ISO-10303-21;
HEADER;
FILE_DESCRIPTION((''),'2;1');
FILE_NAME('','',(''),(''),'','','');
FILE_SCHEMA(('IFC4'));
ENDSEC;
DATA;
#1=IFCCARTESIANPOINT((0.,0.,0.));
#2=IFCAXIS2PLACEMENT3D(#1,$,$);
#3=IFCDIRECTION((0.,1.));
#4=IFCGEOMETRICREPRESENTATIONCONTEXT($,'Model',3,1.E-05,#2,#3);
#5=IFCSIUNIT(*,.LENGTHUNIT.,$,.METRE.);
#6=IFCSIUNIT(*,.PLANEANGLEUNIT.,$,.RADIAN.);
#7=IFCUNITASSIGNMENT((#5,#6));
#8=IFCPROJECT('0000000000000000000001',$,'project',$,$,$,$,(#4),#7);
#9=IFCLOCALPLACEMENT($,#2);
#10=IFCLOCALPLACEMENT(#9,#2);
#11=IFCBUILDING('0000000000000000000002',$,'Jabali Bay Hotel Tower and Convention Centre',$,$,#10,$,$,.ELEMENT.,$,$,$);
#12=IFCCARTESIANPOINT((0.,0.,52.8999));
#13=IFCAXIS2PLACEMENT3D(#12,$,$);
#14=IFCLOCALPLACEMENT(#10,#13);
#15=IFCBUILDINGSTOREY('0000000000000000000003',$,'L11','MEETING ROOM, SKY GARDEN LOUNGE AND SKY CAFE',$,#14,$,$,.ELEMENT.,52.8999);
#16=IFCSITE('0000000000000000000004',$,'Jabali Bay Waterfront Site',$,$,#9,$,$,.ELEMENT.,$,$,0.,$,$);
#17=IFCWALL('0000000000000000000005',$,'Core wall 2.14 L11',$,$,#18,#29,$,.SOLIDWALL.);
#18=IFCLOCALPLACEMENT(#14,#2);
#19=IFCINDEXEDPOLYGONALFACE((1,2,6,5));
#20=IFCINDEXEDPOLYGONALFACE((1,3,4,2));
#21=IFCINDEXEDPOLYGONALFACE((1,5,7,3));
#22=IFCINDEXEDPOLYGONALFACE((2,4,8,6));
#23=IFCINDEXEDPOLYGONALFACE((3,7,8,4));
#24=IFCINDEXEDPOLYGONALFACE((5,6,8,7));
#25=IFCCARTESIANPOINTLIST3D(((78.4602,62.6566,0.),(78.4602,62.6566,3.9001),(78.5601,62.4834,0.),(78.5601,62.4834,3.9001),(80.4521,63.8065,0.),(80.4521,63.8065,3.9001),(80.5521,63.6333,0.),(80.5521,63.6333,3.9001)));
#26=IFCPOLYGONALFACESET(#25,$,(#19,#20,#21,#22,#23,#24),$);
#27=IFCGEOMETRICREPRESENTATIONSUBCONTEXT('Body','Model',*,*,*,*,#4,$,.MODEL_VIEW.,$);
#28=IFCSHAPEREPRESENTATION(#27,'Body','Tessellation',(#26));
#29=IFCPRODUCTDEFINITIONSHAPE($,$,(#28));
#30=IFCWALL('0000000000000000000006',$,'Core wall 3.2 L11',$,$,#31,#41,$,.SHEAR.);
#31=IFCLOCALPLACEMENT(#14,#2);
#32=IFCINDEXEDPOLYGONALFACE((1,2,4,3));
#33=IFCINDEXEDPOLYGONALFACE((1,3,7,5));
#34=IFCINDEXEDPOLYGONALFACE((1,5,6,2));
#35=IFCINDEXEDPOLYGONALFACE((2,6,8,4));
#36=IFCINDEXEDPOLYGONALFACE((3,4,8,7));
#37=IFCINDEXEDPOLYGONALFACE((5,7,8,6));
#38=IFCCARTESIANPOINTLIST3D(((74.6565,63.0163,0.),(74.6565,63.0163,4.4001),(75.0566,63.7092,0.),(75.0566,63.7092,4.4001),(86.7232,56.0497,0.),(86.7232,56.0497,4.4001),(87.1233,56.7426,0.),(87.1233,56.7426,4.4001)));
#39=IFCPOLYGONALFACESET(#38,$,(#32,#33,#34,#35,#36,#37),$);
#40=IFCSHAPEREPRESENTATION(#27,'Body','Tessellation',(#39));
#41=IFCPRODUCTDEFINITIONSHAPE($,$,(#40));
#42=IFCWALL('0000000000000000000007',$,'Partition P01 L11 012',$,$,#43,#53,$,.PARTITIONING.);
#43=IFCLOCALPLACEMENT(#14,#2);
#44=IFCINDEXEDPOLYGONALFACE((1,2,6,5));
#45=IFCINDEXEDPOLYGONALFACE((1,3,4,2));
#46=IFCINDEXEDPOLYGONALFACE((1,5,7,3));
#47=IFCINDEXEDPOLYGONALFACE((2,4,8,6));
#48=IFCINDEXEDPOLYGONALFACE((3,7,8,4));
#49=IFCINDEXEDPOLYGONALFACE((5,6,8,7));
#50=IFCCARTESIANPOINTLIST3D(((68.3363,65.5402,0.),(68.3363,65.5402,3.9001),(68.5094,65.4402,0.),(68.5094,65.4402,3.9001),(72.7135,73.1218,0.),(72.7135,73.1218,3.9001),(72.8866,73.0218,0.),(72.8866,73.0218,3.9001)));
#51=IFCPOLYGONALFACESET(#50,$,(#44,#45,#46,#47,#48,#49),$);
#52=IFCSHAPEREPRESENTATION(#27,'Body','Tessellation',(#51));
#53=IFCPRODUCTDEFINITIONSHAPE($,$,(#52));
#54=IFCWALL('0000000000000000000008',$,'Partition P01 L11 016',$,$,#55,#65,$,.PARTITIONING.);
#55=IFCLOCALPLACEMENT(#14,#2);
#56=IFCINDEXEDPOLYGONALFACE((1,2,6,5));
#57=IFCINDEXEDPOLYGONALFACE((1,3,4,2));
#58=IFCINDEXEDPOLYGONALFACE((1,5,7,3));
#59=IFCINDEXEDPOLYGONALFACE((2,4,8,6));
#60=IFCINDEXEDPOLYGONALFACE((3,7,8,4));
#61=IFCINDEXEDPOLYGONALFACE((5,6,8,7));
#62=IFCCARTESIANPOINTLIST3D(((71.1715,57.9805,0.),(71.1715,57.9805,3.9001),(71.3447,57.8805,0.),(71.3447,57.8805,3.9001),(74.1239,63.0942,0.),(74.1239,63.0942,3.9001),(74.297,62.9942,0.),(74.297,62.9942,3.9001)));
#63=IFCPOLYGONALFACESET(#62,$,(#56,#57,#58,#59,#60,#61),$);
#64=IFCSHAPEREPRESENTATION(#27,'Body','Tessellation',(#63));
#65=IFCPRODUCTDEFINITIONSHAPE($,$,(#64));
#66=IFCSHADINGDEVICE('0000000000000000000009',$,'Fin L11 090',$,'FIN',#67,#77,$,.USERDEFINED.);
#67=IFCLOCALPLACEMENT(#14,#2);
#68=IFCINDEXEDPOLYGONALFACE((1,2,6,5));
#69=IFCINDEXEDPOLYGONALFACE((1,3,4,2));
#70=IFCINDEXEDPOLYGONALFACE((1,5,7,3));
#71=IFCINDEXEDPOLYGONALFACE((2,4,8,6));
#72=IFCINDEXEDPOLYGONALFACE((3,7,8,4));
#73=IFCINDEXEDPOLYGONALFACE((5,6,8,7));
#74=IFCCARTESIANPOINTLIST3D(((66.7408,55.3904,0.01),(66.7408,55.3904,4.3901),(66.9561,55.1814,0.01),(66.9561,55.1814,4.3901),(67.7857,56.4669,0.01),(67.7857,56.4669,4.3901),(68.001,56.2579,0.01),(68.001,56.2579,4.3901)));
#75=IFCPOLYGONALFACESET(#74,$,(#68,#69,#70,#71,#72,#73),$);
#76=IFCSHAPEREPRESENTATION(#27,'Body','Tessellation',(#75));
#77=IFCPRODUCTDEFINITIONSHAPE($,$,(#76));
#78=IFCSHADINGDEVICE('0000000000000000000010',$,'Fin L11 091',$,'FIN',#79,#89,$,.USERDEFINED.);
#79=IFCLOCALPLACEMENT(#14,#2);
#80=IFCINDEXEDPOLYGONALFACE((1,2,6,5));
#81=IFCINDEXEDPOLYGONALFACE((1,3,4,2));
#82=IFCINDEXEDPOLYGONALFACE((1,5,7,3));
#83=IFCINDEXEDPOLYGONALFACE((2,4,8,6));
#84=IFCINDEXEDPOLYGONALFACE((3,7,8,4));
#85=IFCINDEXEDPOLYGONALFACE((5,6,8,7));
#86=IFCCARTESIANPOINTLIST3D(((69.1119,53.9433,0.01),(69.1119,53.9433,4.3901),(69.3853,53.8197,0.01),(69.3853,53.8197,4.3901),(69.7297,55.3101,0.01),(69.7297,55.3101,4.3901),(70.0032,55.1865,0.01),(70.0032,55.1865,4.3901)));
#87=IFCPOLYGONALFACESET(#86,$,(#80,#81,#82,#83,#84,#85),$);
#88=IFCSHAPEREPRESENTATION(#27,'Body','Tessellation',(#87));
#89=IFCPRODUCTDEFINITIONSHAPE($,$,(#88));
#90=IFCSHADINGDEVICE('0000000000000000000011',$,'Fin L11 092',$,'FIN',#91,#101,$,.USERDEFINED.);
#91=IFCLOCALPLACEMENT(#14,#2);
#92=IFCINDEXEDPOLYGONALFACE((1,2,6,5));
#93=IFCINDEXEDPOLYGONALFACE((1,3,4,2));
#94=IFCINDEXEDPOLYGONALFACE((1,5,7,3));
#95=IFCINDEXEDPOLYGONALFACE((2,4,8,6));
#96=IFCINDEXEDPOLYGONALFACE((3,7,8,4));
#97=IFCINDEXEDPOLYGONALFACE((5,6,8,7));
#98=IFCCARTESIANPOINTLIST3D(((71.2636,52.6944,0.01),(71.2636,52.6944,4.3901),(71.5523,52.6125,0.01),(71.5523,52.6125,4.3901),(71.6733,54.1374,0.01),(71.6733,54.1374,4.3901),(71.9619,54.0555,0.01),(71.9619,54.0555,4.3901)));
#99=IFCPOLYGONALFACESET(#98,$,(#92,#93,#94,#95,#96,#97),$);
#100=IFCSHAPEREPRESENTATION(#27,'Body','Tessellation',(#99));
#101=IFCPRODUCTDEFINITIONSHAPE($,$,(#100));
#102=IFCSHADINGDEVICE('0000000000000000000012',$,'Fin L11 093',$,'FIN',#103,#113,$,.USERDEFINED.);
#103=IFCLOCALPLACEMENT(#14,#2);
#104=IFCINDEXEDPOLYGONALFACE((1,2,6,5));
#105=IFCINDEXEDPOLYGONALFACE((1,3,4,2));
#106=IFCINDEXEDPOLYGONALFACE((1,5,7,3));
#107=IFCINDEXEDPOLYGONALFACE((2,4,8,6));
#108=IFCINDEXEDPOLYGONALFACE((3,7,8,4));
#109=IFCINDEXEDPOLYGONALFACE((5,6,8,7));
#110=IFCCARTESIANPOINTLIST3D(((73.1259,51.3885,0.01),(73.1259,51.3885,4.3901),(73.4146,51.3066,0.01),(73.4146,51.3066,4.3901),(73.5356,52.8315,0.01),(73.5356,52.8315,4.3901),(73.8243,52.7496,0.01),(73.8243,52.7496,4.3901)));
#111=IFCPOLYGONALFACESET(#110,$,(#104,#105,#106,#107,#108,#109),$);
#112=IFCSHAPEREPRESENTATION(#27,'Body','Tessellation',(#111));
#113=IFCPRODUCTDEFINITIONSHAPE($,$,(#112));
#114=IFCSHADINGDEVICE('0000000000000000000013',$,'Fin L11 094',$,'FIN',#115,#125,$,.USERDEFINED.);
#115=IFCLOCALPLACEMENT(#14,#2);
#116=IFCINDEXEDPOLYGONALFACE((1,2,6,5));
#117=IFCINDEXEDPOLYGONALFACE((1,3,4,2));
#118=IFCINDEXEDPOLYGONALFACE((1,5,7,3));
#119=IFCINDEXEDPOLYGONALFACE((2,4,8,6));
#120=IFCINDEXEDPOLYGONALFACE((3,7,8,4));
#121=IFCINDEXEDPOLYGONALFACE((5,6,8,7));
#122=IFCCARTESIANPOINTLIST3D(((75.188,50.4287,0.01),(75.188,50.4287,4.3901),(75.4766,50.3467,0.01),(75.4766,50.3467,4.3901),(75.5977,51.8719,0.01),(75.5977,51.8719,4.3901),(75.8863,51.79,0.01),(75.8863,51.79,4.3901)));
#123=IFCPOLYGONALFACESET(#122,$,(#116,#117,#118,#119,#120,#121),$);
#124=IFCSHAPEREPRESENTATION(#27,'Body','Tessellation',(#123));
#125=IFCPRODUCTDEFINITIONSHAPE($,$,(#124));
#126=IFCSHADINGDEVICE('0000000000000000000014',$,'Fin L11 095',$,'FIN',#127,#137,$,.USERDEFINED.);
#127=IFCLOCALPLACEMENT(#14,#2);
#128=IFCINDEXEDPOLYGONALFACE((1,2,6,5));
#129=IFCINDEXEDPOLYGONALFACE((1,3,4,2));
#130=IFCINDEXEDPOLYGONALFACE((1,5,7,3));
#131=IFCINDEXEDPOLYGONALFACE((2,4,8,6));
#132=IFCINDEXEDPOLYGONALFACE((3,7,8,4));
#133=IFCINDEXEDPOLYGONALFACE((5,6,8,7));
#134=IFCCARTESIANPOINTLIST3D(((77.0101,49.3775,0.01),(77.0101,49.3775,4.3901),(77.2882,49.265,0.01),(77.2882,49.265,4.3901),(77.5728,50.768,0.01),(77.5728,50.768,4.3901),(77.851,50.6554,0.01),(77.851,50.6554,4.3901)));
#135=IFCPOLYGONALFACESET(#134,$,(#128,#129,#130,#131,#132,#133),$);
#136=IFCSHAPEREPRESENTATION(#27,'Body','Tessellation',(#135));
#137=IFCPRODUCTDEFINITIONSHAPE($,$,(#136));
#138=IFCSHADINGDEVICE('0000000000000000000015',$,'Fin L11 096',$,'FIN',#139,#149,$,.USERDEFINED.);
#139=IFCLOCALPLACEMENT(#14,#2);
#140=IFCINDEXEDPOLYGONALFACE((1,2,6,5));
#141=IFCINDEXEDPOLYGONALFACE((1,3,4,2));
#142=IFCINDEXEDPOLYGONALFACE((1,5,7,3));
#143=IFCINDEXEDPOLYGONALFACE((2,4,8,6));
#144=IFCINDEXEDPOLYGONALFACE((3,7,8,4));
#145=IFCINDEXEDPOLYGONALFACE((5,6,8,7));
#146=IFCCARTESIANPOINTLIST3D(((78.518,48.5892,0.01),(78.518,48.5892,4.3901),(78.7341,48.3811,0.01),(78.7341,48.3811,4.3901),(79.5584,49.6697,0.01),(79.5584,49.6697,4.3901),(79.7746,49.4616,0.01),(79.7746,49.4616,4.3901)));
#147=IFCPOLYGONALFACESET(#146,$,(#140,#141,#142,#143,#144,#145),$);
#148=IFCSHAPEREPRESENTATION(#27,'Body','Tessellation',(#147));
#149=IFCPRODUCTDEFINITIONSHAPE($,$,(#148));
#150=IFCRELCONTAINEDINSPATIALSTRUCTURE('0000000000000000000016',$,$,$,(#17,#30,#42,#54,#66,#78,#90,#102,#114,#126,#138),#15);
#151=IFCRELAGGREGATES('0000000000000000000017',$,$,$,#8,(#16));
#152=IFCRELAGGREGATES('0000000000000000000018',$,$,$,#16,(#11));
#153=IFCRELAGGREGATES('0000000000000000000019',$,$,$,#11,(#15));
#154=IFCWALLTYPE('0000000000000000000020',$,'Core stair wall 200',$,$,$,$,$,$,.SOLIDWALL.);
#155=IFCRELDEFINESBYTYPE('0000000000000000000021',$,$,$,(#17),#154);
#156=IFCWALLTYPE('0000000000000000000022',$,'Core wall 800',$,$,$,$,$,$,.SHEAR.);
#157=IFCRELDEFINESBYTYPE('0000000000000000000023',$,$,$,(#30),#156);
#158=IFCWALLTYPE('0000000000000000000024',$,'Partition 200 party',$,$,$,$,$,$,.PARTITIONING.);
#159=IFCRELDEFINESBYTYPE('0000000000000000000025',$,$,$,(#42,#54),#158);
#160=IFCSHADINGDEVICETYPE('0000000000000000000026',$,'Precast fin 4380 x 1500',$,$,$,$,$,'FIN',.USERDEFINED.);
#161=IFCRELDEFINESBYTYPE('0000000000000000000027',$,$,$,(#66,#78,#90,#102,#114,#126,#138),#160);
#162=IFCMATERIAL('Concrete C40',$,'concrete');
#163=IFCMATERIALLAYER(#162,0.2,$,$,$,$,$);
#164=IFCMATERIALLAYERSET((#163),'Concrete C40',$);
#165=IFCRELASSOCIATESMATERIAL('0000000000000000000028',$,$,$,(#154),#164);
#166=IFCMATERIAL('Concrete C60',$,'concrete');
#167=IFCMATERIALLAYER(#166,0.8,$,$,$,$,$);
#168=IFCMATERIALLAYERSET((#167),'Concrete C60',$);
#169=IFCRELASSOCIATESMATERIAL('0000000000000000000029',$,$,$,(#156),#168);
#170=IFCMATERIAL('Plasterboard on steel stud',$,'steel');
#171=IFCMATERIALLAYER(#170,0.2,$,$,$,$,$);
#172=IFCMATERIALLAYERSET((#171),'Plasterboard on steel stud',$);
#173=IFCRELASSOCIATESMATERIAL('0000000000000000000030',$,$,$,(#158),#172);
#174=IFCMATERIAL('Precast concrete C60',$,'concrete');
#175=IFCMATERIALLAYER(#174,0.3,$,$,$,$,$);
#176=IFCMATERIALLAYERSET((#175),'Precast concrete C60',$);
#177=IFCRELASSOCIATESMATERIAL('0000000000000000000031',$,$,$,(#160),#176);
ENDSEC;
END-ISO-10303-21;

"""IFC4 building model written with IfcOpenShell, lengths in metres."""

from ifc_helpers import new_model, si_unit, direction, frame, frame_2d, origin, place, context, subcontext, project, spatial, rectangle, extrude, material, layer, layer_set, type_object, element, save


model = new_model("IFC4")

# Units and contexts
model_context = context("Model", 3, precision=1e-05, world=origin(), true_north=direction((0.0, 1.0)))
body_context = subcontext(model_context, "Body", "Model", "MODEL_VIEW")
ifc_project = project(units=[si_unit("LENGTHUNIT", "METRE"), si_unit("PLANEANGLEUNIT", "RADIAN")], contexts=[model_context])

# Site, building, storey
site_placement = place(None, origin())
site = spatial("IfcSite", under=ifc_project, at=site_placement, Name="Jabali Bay Waterfront Site", CompositionType="ELEMENT", RefElevation=0.0)
building_placement = place(site_placement, origin())
building = spatial("IfcBuilding", under=site, at=building_placement, Name="Jabali Bay Hotel Tower and Convention Centre", CompositionType="ELEMENT")
storey_placement = place(building_placement, frame((0.0, 0.0, 52.8999)))
storey = spatial("IfcBuildingStorey", under=building, at=storey_placement, Name="L11", Description="MEETING ROOM, SKY GARDEN LOUNGE AND SKY CAFE", CompositionType="ELEMENT", Elevation=52.8999)

# Shared definitions
ifc_material_1 = material(Name="Concrete C60", Category="concrete")

# Shared definitions
ifc_material_2 = material(Name="Concrete C40", Category="concrete")

# Walls
ifc_layer_1 = layer(ifc_material_2, 0.2)
ifc_layer_set_1 = layer_set([ifc_layer_1], Name="Concrete C40")
wall_type_1 = type_object("IfcWallType", Name="Core stair wall 200", PredefinedType="SOLIDWALL", material=ifc_layer_set_1)
wall_1_placement = place(storey_placement, frame((78.5103, 62.5701, 0.0), z_axis=(0.0, 0.0, 1.0), x_axis=(0.866053, 0.499952, 0.0)))
element("IfcWall", 1, at=wall_1_placement, inside=storey, type_object=wall_type_1, Name="Core wall 2.14 L11", PredefinedType="SOLIDWALL", context=body_context, shape_type="SweptSolid", body=[
    extrude(rectangle(XDim=2.3, YDim=0.2, at=frame_2d((1.1499, 0.0))), origin(), (0.0, 0.0, 1.0), 3.9001),
])
ifc_layer_2 = layer(ifc_material_1, 0.8)
ifc_layer_set_2 = layer_set([ifc_layer_2], Name="Concrete C60")
wall_type_2 = type_object("IfcWallType", Name="Core wall 800", PredefinedType="SHEAR", material=ifc_layer_set_2)
wall_2_placement = place(storey_placement, frame((74.8564, 63.3628, 0.0), z_axis=(0.0, 0.0, 1.0), x_axis=(0.866029, -0.499993, 0.0)))
element("IfcWall", 2, at=wall_2_placement, inside=storey, type_object=wall_type_2, Name="Core wall 3.2 L11", PredefinedType="SHEAR", context=body_context, shape_type="SweptSolid", body=[
    extrude(rectangle(XDim=13.9333, YDim=0.8, at=frame_2d((6.9668, 0.0))), origin(), (0.0, 0.0, 1.0), 4.4001),
])
ifc_material_3 = material(Name="Plasterboard on steel stud", Category="steel")
ifc_layer_3 = layer(ifc_material_3, 0.2)
ifc_layer_set_3 = layer_set([ifc_layer_3], Name="Plasterboard on steel stud")
wall_type_3 = type_object("IfcWallType", Name="Partition 200 party", PredefinedType="PARTITIONING", material=ifc_layer_set_3)
wall_3_placement = place(storey_placement, frame((68.4229, 65.4902, 0.0), z_axis=(0.0, 0.0, 1.0), x_axis=(0.499999, 0.866026, 0.0)))
element("IfcWall", 3, at=wall_3_placement, inside=storey, type_object=wall_type_3, Name="Partition P01 L11 012", PredefinedType="PARTITIONING", context=body_context, shape_type="SweptSolid", body=[
    extrude(rectangle(XDim=8.7544, YDim=0.2, at=frame_2d((4.3772, 0.0))), origin(), (0.0, 0.0, 1.0), 3.9001),
])
wall_4_placement = place(storey_placement, frame((74.2104, 63.0442, 0.0), z_axis=(0.0, 0.0, 1.0), x_axis=(-0.499994, -0.866029, 0.0)))
element("IfcWall", 4, at=wall_4_placement, inside=storey, type_object=wall_type_3, Name="Partition P01 L11 016", PredefinedType="PARTITIONING", context=body_context, shape_type="SweptSolid", body=[
    extrude(rectangle(XDim=5.9048, YDim=0.2, at=frame_2d((2.9524, 0.0))), origin(), (0.0, 0.0, 1.0), 3.9001),
])

# Shading devices
ifc_material_4 = material(Name="Precast concrete C60", Category="concrete")
ifc_layer_4 = layer(ifc_material_4, 0.3)
ifc_layer_set_4 = layer_set([ifc_layer_4], Name="Precast concrete C60")
shading_device_type = type_object("IfcShadingDeviceType", Name="Precast fin 4380 x 1500", ElementType="FIN", PredefinedType="USERDEFINED", material=ifc_layer_set_4)
shading_device_1_placement = place(storey_placement, frame((67.8933, 56.3623, 0.01), z_axis=(0.0, 0.0, 1.0), x_axis=(-0.696532, -0.717526, 0.0)))
element("IfcShadingDevice", 5, at=shading_device_1_placement, inside=storey, type_object=shading_device_type, Name="Fin L11 090", ObjectType="FIN", PredefinedType="USERDEFINED", context=body_context, shape_type="SweptSolid", body=[
    extrude(rectangle(XDim=1.5002, YDim=0.3, at=frame_2d((0.75, 0.0))), origin(), (0.0, 0.0, 1.0), 4.3801),
])
for number, where, z_axis, x_axis, name in (
    (6, (69.8665, 55.2483, 0.01), (0.0, 0.0, 1.0), (-0.411914, -0.911223, 0.0), "Fin L11 091"),
    (7, (71.8176, 54.0964, 0.01), (0.0, 0.0, 1.0), (-0.27313, -0.961977, 0.0), "Fin L11 092"),
    (8, (73.6799, 52.7905, 0.01), (0.0, 0.0, 1.0), (-0.27313, -0.961977, 0.0), "Fin L11 093"),
):
    element("IfcShadingDevice", number, at=place(storey_placement, frame(where, z_axis=z_axis, x_axis=x_axis)), inside=storey, type_object=shading_device_type, Name=name, ObjectType="FIN", PredefinedType="USERDEFINED", context=body_context, shape_type="SweptSolid", body=[
        extrude(rectangle(XDim=1.5, YDim=0.3, at=frame_2d((0.75, 0.0))), origin(), (0.0, 0.0, 1.0), 4.3801),
    ])
shading_device_2_placement = place(storey_placement, frame((75.7419, 51.8308, 0.01), z_axis=(0.0, 0.0, 1.0), x_axis=(-0.273087, -0.961989, 0.0)))
element("IfcShadingDevice", 9, at=shading_device_2_placement, inside=storey, type_object=shading_device_type, Name="Fin L11 094", ObjectType="FIN", PredefinedType="USERDEFINED", context=body_context, shape_type="SweptSolid", body=[
    extrude(rectangle(XDim=1.5002, YDim=0.3, at=frame_2d((0.75, 0.0))), origin(), (0.0, 0.0, 1.0), 4.3801),
])
for number, where, z_axis, x_axis, name in (
    (10, (77.7119, 50.7117, 0.01), (0.0, 0.0, 1.0), (-0.375176, -0.926954, 0.0), "Fin L11 095"),
    (11, (79.6665, 49.5657, 0.01), (0.0, 0.0, 1.0), (-0.693635, -0.720326, 0.0), "Fin L11 096"),
):
    element("IfcShadingDevice", number, at=place(storey_placement, frame(where, z_axis=z_axis, x_axis=x_axis)), inside=storey, type_object=shading_device_type, Name=name, ObjectType="FIN", PredefinedType="USERDEFINED", context=body_context, shape_type="SweptSolid", body=[
        extrude(rectangle(XDim=1.5, YDim=0.3, at=frame_2d((0.75, 0.0))), origin(), (0.0, 0.0, 1.0), 4.3801),
    ])

save(model, "model.ifc")
